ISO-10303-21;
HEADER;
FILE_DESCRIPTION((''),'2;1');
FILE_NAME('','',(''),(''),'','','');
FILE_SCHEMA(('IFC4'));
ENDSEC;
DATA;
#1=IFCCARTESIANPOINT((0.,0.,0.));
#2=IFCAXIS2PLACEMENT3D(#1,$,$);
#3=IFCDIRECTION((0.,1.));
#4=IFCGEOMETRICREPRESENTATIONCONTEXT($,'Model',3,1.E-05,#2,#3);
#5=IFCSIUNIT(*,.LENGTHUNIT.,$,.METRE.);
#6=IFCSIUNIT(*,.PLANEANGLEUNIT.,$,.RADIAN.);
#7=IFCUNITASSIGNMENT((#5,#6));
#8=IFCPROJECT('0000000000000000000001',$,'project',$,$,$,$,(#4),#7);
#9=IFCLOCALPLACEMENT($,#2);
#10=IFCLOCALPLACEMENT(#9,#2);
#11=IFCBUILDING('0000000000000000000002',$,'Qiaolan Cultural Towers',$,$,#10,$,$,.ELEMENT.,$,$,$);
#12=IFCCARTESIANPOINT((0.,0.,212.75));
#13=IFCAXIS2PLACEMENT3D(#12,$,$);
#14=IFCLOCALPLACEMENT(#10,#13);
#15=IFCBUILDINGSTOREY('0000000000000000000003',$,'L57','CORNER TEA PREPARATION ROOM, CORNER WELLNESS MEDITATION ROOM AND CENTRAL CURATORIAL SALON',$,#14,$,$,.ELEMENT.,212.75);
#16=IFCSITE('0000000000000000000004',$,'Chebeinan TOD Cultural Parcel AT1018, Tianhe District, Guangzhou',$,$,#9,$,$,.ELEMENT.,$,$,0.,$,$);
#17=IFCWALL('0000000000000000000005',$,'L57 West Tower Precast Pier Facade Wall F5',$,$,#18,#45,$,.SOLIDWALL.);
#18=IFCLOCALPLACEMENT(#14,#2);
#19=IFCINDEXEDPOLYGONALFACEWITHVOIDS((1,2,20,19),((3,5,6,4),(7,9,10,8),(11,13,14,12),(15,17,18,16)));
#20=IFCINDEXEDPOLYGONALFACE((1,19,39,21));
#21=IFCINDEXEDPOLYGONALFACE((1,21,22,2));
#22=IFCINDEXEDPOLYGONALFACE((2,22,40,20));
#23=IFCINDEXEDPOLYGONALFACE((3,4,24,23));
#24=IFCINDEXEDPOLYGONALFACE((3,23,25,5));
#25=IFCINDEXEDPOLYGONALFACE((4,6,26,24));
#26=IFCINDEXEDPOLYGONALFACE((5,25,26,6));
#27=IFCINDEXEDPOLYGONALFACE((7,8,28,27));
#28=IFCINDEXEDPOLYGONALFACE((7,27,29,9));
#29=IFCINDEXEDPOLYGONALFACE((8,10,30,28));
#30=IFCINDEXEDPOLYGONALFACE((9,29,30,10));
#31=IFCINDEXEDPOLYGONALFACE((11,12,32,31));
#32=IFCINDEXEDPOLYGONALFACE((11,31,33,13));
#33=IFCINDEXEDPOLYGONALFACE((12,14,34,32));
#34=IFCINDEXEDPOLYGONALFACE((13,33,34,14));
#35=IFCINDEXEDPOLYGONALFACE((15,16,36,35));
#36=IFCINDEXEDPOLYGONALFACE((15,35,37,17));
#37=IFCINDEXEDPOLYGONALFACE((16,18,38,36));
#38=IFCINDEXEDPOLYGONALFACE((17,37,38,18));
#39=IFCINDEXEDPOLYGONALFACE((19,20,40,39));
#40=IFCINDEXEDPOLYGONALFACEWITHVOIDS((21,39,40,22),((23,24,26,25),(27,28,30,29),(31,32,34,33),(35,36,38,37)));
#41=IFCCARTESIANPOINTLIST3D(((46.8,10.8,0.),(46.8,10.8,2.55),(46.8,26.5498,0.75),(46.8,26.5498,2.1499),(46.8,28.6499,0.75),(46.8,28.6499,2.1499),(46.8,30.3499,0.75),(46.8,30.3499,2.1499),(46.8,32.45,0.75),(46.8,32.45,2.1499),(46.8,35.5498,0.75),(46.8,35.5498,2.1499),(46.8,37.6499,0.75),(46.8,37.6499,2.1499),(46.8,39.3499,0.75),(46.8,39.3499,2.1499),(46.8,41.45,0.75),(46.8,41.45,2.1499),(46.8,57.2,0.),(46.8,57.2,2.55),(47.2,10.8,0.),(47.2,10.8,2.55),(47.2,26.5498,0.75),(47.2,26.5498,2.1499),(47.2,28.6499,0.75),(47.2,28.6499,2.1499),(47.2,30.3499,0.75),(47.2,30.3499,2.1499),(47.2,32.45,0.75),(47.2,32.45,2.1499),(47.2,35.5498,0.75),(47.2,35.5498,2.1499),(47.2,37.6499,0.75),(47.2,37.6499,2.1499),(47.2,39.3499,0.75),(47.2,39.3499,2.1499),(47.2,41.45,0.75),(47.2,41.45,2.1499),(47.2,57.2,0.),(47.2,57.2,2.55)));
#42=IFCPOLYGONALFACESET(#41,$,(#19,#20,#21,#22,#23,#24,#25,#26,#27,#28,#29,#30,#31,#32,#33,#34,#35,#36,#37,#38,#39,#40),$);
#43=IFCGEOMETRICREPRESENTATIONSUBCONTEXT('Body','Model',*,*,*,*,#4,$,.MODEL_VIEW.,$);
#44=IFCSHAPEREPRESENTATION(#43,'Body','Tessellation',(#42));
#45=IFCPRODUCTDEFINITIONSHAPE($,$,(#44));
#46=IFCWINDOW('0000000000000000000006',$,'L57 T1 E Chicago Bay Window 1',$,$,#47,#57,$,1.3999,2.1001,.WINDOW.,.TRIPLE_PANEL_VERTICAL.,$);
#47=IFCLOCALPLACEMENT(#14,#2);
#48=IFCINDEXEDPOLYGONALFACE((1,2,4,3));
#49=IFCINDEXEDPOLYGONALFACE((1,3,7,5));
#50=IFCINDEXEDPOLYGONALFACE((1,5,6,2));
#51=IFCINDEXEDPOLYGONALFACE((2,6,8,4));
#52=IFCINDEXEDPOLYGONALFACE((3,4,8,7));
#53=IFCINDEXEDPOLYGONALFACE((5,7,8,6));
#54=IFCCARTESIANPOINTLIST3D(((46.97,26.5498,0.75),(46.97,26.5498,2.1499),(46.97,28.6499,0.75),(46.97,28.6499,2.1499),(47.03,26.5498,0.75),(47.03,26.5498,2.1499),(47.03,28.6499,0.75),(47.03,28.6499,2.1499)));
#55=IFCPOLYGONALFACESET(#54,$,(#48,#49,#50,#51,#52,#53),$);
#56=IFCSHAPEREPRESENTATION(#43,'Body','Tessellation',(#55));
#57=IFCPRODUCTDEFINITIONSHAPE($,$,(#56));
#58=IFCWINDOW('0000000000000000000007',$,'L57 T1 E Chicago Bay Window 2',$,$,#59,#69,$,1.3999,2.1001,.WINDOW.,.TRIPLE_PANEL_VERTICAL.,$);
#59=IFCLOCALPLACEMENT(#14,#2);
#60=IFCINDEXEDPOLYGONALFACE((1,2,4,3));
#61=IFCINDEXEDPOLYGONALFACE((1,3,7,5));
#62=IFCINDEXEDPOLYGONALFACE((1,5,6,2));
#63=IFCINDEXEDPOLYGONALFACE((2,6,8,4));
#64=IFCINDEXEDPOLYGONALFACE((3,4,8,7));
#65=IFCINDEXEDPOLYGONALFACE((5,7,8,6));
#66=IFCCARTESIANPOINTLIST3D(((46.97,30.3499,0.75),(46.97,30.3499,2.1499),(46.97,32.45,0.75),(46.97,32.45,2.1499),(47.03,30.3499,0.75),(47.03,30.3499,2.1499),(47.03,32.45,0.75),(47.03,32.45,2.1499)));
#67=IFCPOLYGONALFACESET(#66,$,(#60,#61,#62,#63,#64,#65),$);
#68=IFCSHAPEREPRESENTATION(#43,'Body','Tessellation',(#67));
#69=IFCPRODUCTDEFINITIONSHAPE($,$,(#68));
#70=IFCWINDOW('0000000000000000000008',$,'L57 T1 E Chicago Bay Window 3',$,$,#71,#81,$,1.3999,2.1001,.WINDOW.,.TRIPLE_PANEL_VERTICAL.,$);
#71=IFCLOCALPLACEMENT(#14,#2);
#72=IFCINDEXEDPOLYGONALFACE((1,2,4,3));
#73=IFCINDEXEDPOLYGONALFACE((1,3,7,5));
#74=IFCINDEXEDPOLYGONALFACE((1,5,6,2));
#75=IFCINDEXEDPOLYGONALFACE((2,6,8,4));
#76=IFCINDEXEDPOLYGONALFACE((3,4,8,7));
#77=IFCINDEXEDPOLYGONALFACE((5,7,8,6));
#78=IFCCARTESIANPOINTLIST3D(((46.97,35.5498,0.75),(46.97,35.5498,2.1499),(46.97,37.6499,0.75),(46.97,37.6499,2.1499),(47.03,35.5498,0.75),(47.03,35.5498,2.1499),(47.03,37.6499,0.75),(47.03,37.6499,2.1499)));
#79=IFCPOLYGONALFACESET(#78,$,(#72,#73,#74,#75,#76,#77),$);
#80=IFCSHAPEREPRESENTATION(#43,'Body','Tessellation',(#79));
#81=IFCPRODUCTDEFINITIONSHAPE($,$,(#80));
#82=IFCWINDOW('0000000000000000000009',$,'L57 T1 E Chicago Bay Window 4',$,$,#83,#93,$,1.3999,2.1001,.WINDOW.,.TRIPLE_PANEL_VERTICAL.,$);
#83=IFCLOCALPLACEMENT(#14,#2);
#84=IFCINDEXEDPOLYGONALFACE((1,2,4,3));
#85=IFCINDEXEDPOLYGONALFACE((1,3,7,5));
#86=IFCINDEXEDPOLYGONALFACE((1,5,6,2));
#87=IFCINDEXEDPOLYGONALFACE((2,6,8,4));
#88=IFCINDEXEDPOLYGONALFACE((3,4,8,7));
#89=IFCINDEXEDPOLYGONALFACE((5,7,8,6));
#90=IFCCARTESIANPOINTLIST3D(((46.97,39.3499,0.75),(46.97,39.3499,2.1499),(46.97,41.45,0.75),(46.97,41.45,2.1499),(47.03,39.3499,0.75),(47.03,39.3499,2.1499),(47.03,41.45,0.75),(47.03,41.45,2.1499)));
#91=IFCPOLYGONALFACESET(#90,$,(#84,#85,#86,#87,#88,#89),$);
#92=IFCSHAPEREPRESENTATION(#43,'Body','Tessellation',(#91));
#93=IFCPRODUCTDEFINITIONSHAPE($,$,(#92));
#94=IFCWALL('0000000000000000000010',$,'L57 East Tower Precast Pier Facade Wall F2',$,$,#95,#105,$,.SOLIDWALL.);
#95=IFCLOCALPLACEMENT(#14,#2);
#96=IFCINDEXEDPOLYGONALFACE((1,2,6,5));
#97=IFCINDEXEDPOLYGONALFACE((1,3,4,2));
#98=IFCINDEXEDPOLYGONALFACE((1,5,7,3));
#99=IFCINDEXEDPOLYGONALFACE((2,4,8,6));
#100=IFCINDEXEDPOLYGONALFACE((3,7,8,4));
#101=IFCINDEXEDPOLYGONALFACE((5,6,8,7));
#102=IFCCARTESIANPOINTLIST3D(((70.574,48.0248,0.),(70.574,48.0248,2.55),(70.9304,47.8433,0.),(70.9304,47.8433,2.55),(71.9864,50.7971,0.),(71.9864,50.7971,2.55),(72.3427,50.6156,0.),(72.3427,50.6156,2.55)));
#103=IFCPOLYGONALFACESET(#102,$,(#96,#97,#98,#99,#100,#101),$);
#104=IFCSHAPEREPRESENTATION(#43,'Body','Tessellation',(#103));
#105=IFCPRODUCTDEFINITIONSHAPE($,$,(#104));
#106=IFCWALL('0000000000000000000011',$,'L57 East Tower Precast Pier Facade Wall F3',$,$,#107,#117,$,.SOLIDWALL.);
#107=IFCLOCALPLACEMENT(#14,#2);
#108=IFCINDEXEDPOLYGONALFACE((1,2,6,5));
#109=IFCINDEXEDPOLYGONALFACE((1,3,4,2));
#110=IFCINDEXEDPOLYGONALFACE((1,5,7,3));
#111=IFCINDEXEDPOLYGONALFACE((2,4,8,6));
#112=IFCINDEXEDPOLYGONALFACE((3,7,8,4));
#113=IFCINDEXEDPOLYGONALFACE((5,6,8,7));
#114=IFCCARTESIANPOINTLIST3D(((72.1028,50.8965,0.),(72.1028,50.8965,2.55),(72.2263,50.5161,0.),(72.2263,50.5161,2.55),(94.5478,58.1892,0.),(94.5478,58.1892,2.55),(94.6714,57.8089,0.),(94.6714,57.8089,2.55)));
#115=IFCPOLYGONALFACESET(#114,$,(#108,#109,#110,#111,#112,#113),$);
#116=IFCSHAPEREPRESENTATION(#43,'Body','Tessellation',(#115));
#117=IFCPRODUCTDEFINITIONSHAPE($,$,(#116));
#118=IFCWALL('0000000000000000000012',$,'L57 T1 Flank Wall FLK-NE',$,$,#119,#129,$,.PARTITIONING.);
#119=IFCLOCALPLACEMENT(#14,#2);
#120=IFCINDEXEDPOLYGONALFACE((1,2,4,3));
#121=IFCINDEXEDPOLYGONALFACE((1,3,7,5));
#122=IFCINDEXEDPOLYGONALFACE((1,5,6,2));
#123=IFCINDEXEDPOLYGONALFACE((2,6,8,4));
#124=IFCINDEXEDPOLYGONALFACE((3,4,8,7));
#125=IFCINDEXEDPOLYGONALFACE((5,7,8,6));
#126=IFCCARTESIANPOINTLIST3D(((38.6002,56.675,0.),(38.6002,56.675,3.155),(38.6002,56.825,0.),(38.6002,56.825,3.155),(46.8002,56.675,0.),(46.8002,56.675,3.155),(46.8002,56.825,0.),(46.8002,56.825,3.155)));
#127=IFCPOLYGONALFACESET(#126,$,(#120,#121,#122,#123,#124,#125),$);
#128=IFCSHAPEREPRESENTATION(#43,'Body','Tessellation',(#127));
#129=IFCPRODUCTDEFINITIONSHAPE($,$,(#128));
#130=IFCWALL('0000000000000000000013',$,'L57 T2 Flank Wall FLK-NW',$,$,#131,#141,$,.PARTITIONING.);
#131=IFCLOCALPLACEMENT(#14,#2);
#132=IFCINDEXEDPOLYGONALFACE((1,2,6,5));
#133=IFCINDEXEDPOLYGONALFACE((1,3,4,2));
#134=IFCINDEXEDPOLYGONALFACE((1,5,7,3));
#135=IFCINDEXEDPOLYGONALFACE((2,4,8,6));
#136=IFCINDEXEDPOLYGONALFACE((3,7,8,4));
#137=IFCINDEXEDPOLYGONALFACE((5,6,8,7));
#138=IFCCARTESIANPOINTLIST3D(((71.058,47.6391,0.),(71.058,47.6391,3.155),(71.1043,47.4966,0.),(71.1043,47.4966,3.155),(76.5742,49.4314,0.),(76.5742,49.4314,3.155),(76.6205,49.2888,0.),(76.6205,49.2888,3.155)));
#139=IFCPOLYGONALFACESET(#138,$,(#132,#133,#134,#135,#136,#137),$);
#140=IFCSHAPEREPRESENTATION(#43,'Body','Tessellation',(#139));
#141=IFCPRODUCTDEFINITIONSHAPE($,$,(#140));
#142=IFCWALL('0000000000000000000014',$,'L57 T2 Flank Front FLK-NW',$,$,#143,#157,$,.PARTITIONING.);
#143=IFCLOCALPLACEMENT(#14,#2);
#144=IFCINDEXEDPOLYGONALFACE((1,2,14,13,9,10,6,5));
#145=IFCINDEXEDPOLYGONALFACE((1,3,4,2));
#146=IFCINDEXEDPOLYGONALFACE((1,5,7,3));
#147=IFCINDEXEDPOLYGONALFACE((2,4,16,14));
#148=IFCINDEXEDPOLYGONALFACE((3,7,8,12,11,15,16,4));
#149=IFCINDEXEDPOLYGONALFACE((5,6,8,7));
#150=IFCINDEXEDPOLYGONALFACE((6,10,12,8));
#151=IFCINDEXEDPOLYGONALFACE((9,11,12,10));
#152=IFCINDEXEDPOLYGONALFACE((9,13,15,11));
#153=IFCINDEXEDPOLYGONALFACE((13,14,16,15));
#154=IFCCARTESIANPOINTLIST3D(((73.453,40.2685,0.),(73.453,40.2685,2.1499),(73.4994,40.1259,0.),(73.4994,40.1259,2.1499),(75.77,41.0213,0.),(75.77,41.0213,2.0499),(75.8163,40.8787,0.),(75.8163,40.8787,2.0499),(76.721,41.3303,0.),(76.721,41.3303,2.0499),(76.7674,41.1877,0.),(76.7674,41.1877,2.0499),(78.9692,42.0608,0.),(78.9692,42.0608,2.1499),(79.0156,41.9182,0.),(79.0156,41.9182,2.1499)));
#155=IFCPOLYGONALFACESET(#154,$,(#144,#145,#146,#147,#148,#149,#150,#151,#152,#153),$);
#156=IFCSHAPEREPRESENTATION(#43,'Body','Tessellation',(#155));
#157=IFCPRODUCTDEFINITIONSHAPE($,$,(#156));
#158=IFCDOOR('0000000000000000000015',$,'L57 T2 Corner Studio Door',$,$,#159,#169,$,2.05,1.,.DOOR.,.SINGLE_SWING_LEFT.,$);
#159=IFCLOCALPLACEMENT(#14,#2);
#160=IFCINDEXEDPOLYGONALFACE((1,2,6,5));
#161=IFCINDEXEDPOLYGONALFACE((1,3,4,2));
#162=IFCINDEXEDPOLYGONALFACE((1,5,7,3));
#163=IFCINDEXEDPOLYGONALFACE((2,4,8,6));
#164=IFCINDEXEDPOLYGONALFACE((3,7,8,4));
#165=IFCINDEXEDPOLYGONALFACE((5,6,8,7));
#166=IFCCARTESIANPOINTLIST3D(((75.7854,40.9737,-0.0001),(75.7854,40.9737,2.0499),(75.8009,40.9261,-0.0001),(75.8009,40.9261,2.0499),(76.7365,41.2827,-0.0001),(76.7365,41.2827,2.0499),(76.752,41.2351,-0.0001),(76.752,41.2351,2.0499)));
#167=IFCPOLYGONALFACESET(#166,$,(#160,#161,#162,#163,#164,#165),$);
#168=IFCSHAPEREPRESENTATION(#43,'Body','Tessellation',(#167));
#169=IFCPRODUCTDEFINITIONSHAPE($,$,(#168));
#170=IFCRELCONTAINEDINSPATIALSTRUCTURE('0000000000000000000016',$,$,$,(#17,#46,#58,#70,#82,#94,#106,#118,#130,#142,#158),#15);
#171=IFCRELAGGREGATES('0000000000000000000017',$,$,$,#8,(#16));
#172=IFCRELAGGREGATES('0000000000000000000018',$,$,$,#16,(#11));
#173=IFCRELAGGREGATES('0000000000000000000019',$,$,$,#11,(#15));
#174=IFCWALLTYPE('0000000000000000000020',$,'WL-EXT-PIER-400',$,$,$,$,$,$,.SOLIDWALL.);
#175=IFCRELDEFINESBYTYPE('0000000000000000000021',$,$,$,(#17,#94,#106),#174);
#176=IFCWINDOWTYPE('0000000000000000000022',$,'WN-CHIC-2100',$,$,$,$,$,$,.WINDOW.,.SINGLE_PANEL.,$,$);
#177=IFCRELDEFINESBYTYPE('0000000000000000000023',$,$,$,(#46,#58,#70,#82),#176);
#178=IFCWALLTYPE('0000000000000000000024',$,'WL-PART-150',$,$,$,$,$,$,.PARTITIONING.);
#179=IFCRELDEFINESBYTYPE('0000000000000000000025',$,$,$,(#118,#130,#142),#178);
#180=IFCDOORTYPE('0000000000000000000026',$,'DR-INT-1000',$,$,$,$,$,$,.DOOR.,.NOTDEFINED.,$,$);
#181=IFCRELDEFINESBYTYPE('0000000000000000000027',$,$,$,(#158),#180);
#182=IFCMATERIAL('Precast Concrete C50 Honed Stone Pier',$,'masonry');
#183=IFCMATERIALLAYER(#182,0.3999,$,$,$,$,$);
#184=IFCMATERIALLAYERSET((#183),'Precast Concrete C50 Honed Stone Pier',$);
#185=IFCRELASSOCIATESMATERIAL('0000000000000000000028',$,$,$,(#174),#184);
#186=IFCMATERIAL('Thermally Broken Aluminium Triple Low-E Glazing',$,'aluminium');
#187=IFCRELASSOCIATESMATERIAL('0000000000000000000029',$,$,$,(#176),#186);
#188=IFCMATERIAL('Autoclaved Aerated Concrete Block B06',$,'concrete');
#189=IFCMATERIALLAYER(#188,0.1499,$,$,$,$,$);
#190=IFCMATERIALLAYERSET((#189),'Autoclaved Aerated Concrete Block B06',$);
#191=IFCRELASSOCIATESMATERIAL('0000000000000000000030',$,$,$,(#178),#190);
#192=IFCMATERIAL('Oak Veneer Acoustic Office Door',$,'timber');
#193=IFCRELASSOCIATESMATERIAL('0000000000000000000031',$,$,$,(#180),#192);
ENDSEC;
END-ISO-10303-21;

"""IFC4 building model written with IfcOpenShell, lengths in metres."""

from ifc_helpers import new_model, si_unit, direction, frame, frame_2d, origin, place, context, subcontext, project, spatial, rectangle, extrude, material, layer, layer_set, type_object, element, fill, save


model = new_model("IFC4")

# Units and contexts
model_context = context("Model", 3, precision=1e-05, world=origin(), true_north=direction((0.0, 1.0)))
body_context = subcontext(model_context, "Body", "Model", "MODEL_VIEW")
ifc_project = project(units=[si_unit("LENGTHUNIT", "METRE"), si_unit("PLANEANGLEUNIT", "RADIAN")], contexts=[model_context])

# Site, building, storey
site_placement = place(None, origin())
site = spatial("IfcSite", under=ifc_project, at=site_placement, Name="Chebeinan TOD Cultural Parcel AT1018, Tianhe District, Guangzhou", CompositionType="ELEMENT", RefElevation=0.0)
building_placement = place(site_placement, origin())
building = spatial("IfcBuilding", under=site, at=building_placement, Name="Qiaolan Cultural Towers", CompositionType="ELEMENT")
storey_placement = place(building_placement, frame((0.0, 0.0, 212.75)))
storey = spatial("IfcBuildingStorey", under=building, at=storey_placement, Name="L57", Description="CORNER TEA PREPARATION ROOM, CORNER WELLNESS MEDITATION ROOM AND CENTRAL CURATORIAL SALON", CompositionType="ELEMENT", Elevation=212.75)

# Shared definitions
ifc_material_1 = material(Name="Precast Concrete C50 Honed Stone Pier", Category="masonry")
ifc_layer_1 = layer(ifc_material_1, 0.3999)
ifc_layer_set_1 = layer_set([ifc_layer_1], Name="Precast Concrete C50 Honed Stone Pier")
wall_type_1 = type_object("IfcWallType", Name="WL-EXT-PIER-400", PredefinedType="SOLIDWALL", material=ifc_layer_set_1)

# Wall, openings, windows
wall_1_placement = place(storey_placement, frame((47.0, 57.2, 0.0), z_axis=(0.0, 0.0, 1.0), x_axis=(0.0, -1.0, 0.0)))
wall_1 = element("IfcWall", 1, at=wall_1_placement, inside=storey, type_object=wall_type_1, Name="L57 West Tower Precast Pier Facade Wall F5", PredefinedType="SOLIDWALL", context=body_context, shape_type="SweptSolid", body=[
    extrude(rectangle(XDim=46.3999, YDim=0.3999, at=frame_2d((23.2, 0.0))), origin(), (0.0, 0.0, 1.0), 2.55),
])
opening_1_placement = place(wall_1_placement, frame((28.55, 0.0, 0.75)))
opening_1 = element("IfcOpeningElement", 2, at=opening_1_placement, cuts=wall_1, PredefinedType="OPENING", context=body_context, shape_type="SweptSolid", body=[
    extrude(rectangle(XDim=2.1001, YDim=1.3999, at=frame_2d((1.05, 0.7))), frame((0.0, 0.21, 0.0), z_axis=(0.0, -1.0, 0.0), x_axis=(1.0, 0.0, 0.0)), (0.0, 0.0, 1.0), 0.4199),
])
opening_2_placement = place(wall_1_placement, frame((24.75, 0.0, 0.75)))
opening_2 = element("IfcOpeningElement", 3, at=opening_2_placement, cuts=wall_1, PredefinedType="OPENING", context=body_context, shape_type="SweptSolid", body=[
    extrude(rectangle(XDim=2.1001, YDim=1.3999, at=frame_2d((1.05, 0.7))), frame((0.0, 0.21, 0.0), z_axis=(0.0, -1.0, 0.0), x_axis=(1.0, 0.0, 0.0)), (0.0, 0.0, 1.0), 0.4199),
])
opening_3_placement = place(wall_1_placement, frame((19.55, 0.0, 0.75)))
opening_3 = element("IfcOpeningElement", 4, at=opening_3_placement, cuts=wall_1, PredefinedType="OPENING", context=body_context, shape_type="SweptSolid", body=[
    extrude(rectangle(XDim=2.1001, YDim=1.3999, at=frame_2d((1.05, 0.7))), frame((0.0, 0.21, 0.0), z_axis=(0.0, -1.0, 0.0), x_axis=(1.0, 0.0, 0.0)), (0.0, 0.0, 1.0), 0.4199),
])
opening_4_placement = place(wall_1_placement, frame((15.75, 0.0, 0.75)))
opening_4 = element("IfcOpeningElement", 5, at=opening_4_placement, cuts=wall_1, PredefinedType="OPENING", context=body_context, shape_type="SweptSolid", body=[
    extrude(rectangle(XDim=2.1001, YDim=1.3999, at=frame_2d((1.05, 0.7))), frame((0.0, 0.21, 0.0), z_axis=(0.0, -1.0, 0.0), x_axis=(1.0, 0.0, 0.0)), (0.0, 0.0, 1.0), 0.4199),
])
ifc_material_2 = material(Name="Thermally Broken Aluminium Triple Low-E Glazing", Category="aluminium")
window_type = type_object("IfcWindowType", Name="WN-CHIC-2100", PartitioningType="SINGLE_PANEL", PredefinedType="WINDOW", material=ifc_material_2)
window_1_placement = place(opening_1_placement, origin())
window_1 = element("IfcWindow", 6, at=window_1_placement, inside=storey, type_object=window_type, Name="L57 T1 E Chicago Bay Window 1", OverallHeight=1.3999, OverallWidth=2.1001, PartitioningType="TRIPLE_PANEL_VERTICAL", PredefinedType="WINDOW", context=body_context, shape_type="SweptSolid", body=[
    extrude(rectangle(XDim=2.1001, YDim=1.3999, at=frame_2d((1.05, 0.7))), frame((0.0, 0.03, 0.0), z_axis=(0.0, -1.0, 0.0), x_axis=(1.0, 0.0, 0.0)), (0.0, 0.0, 1.0), 0.0601),
])
fill(opening_1, window_1)
window_2_placement = place(opening_2_placement, origin())
window_2 = element("IfcWindow", 7, at=window_2_placement, inside=storey, type_object=window_type, Name="L57 T1 E Chicago Bay Window 2", OverallHeight=1.3999, OverallWidth=2.1001, PartitioningType="TRIPLE_PANEL_VERTICAL", PredefinedType="WINDOW", context=body_context, shape_type="SweptSolid", body=[
    extrude(rectangle(XDim=2.1001, YDim=1.3999, at=frame_2d((1.05, 0.7))), frame((0.0, 0.03, 0.0), z_axis=(0.0, -1.0, 0.0), x_axis=(1.0, 0.0, 0.0)), (0.0, 0.0, 1.0), 0.0601),
])
fill(opening_2, window_2)
window_3_placement = place(opening_3_placement, origin())
window_3 = element("IfcWindow", 8, at=window_3_placement, inside=storey, type_object=window_type, Name="L57 T1 E Chicago Bay Window 3", OverallHeight=1.3999, OverallWidth=2.1001, PartitioningType="TRIPLE_PANEL_VERTICAL", PredefinedType="WINDOW", context=body_context, shape_type="SweptSolid", body=[
    extrude(rectangle(XDim=2.1001, YDim=1.3999, at=frame_2d((1.05, 0.7))), frame((0.0, 0.03, 0.0), z_axis=(0.0, -1.0, 0.0), x_axis=(1.0, 0.0, 0.0)), (0.0, 0.0, 1.0), 0.0601),
])
fill(opening_3, window_3)
window_4_placement = place(opening_4_placement, origin())
window_4 = element("IfcWindow", 9, at=window_4_placement, inside=storey, type_object=window_type, Name="L57 T1 E Chicago Bay Window 4", OverallHeight=1.3999, OverallWidth=2.1001, PartitioningType="TRIPLE_PANEL_VERTICAL", PredefinedType="WINDOW", context=body_context, shape_type="SweptSolid", body=[
    extrude(rectangle(XDim=2.1001, YDim=1.3999, at=frame_2d((1.05, 0.7))), frame((0.0, 0.03, 0.0), z_axis=(0.0, -1.0, 0.0), x_axis=(1.0, 0.0, 0.0)), (0.0, 0.0, 1.0), 0.0601),
])
fill(opening_4, window_4)

# Walls
wall_2_placement = place(storey_placement, frame((70.7522, 47.9341, 0.0), z_axis=(0.0, 0.0, 1.0), x_axis=(0.453949, 0.891028, 0.0)))
element("IfcWall", 10, at=wall_2_placement, inside=storey, type_object=wall_type_1, Name="L57 East Tower Precast Pier Facade Wall F2", PredefinedType="SOLIDWALL", context=body_context, shape_type="SweptSolid", body=[
    extrude(rectangle(XDim=3.1113, YDim=0.3999, at=frame_2d((1.5557, 0.0))), origin(), (0.0, 0.0, 1.0), 2.55),
])
wall_3_placement = place(storey_placement, frame((72.1646, 50.7063, 0.0), z_axis=(0.0, 0.0, 1.0), x_axis=(0.951058, 0.309012, 0.0)))
element("IfcWall", 11, at=wall_3_placement, inside=storey, type_object=wall_type_1, Name="L57 East Tower Precast Pier Facade Wall F3", PredefinedType="SOLIDWALL", context=body_context, shape_type="SweptSolid", body=[
    extrude(rectangle(XDim=23.6001, YDim=0.3999, at=frame_2d((11.8, 0.0))), origin(), (0.0, 0.0, 1.0), 2.55),
])
ifc_material_3 = material(Name="Autoclaved Aerated Concrete Block B06", Category="concrete")
ifc_layer_2 = layer(ifc_material_3, 0.1499)
ifc_layer_set_2 = layer_set([ifc_layer_2], Name="Autoclaved Aerated Concrete Block B06")
wall_type_2 = type_object("IfcWallType", Name="WL-PART-150", PredefinedType="PARTITIONING", material=ifc_layer_set_2)
wall_4_placement = place(storey_placement, frame((38.6001, 56.75, 0.0), z_axis=(0.0, 0.0, 1.0), x_axis=(1.0, 0.0, 0.0)))
element("IfcWall", 12, at=wall_4_placement, inside=storey, type_object=wall_type_2, Name="L57 T1 Flank Wall FLK-NE", PredefinedType="PARTITIONING", context=body_context, shape_type="SweptSolid", body=[
    extrude(rectangle(XDim=8.2, YDim=0.1499, at=frame_2d((4.1001, 0.0))), origin(), (0.0, 0.0, 1.0), 3.155),
])
wall_5_placement = place(storey_placement, frame((71.0813, 47.5679, 0.0), z_axis=(0.0, 0.0, 1.0), x_axis=(0.951059, 0.309008, 0.0)))
element("IfcWall", 13, at=wall_5_placement, inside=storey, type_object=wall_type_2, Name="L57 T2 Flank Wall FLK-NW", PredefinedType="PARTITIONING", context=body_context, shape_type="SweptSolid", body=[
    extrude(rectangle(XDim=5.8, YDim=0.1499, at=frame_2d((2.8999, 0.0))), origin(), (0.0, 0.0, 1.0), 3.155),
])

# Wall, opening, door
wall_6_placement = place(storey_placement, frame((73.4763, 40.1973, 0.0), z_axis=(0.0, 0.0, 1.0), x_axis=(0.951059, 0.309008, 0.0)))
wall_6 = element("IfcWall", 14, at=wall_6_placement, inside=storey, type_object=wall_type_2, Name="L57 T2 Flank Front FLK-NW", PredefinedType="PARTITIONING", context=body_context, shape_type="SweptSolid", body=[
    extrude(rectangle(XDim=5.8, YDim=0.1499, at=frame_2d((2.8999, 0.0))), origin(), (0.0, 0.0, 1.0), 2.1499),
])
opening_5_placement = place(wall_6_placement, frame((2.436, 0.0, 0.0)))
opening_5 = element("IfcOpeningElement", 15, at=opening_5_placement, cuts=wall_6, PredefinedType="OPENING", context=body_context, shape_type="SweptSolid", body=[
    extrude(rectangle(XDim=1.0, YDim=2.05, at=frame_2d((0.5, 1.0249))), frame((0.0, 0.085, 0.0), z_axis=(0.0, -1.0, 0.0), x_axis=(1.0, 0.0, 0.0)), (0.0, 0.0, 1.0), 0.1699),
])
ifc_material_4 = material(Name="Oak Veneer Acoustic Office Door", Category="timber")
door_type = type_object("IfcDoorType", Name="DR-INT-1000", OperationType="NOTDEFINED", PredefinedType="DOOR", material=ifc_material_4)
door_placement = place(opening_5_placement, origin())
door = element("IfcDoor", 16, at=door_placement, inside=storey, type_object=door_type, Name="L57 T2 Corner Studio Door", OperationType="SINGLE_SWING_LEFT", OverallHeight=2.05, OverallWidth=1.0, PredefinedType="DOOR", context=body_context, shape_type="SweptSolid", body=[
    extrude(rectangle(XDim=1.0, YDim=2.05, at=frame_2d((0.5, 1.0249))), frame((0.0, 0.0249, 0.0), z_axis=(0.0, -1.0, 0.0), x_axis=(1.0, 0.0, 0.0)), (0.0, 0.0, 1.0), 0.05),
])
fill(opening_5, door)

save(model, "model.ifc")
